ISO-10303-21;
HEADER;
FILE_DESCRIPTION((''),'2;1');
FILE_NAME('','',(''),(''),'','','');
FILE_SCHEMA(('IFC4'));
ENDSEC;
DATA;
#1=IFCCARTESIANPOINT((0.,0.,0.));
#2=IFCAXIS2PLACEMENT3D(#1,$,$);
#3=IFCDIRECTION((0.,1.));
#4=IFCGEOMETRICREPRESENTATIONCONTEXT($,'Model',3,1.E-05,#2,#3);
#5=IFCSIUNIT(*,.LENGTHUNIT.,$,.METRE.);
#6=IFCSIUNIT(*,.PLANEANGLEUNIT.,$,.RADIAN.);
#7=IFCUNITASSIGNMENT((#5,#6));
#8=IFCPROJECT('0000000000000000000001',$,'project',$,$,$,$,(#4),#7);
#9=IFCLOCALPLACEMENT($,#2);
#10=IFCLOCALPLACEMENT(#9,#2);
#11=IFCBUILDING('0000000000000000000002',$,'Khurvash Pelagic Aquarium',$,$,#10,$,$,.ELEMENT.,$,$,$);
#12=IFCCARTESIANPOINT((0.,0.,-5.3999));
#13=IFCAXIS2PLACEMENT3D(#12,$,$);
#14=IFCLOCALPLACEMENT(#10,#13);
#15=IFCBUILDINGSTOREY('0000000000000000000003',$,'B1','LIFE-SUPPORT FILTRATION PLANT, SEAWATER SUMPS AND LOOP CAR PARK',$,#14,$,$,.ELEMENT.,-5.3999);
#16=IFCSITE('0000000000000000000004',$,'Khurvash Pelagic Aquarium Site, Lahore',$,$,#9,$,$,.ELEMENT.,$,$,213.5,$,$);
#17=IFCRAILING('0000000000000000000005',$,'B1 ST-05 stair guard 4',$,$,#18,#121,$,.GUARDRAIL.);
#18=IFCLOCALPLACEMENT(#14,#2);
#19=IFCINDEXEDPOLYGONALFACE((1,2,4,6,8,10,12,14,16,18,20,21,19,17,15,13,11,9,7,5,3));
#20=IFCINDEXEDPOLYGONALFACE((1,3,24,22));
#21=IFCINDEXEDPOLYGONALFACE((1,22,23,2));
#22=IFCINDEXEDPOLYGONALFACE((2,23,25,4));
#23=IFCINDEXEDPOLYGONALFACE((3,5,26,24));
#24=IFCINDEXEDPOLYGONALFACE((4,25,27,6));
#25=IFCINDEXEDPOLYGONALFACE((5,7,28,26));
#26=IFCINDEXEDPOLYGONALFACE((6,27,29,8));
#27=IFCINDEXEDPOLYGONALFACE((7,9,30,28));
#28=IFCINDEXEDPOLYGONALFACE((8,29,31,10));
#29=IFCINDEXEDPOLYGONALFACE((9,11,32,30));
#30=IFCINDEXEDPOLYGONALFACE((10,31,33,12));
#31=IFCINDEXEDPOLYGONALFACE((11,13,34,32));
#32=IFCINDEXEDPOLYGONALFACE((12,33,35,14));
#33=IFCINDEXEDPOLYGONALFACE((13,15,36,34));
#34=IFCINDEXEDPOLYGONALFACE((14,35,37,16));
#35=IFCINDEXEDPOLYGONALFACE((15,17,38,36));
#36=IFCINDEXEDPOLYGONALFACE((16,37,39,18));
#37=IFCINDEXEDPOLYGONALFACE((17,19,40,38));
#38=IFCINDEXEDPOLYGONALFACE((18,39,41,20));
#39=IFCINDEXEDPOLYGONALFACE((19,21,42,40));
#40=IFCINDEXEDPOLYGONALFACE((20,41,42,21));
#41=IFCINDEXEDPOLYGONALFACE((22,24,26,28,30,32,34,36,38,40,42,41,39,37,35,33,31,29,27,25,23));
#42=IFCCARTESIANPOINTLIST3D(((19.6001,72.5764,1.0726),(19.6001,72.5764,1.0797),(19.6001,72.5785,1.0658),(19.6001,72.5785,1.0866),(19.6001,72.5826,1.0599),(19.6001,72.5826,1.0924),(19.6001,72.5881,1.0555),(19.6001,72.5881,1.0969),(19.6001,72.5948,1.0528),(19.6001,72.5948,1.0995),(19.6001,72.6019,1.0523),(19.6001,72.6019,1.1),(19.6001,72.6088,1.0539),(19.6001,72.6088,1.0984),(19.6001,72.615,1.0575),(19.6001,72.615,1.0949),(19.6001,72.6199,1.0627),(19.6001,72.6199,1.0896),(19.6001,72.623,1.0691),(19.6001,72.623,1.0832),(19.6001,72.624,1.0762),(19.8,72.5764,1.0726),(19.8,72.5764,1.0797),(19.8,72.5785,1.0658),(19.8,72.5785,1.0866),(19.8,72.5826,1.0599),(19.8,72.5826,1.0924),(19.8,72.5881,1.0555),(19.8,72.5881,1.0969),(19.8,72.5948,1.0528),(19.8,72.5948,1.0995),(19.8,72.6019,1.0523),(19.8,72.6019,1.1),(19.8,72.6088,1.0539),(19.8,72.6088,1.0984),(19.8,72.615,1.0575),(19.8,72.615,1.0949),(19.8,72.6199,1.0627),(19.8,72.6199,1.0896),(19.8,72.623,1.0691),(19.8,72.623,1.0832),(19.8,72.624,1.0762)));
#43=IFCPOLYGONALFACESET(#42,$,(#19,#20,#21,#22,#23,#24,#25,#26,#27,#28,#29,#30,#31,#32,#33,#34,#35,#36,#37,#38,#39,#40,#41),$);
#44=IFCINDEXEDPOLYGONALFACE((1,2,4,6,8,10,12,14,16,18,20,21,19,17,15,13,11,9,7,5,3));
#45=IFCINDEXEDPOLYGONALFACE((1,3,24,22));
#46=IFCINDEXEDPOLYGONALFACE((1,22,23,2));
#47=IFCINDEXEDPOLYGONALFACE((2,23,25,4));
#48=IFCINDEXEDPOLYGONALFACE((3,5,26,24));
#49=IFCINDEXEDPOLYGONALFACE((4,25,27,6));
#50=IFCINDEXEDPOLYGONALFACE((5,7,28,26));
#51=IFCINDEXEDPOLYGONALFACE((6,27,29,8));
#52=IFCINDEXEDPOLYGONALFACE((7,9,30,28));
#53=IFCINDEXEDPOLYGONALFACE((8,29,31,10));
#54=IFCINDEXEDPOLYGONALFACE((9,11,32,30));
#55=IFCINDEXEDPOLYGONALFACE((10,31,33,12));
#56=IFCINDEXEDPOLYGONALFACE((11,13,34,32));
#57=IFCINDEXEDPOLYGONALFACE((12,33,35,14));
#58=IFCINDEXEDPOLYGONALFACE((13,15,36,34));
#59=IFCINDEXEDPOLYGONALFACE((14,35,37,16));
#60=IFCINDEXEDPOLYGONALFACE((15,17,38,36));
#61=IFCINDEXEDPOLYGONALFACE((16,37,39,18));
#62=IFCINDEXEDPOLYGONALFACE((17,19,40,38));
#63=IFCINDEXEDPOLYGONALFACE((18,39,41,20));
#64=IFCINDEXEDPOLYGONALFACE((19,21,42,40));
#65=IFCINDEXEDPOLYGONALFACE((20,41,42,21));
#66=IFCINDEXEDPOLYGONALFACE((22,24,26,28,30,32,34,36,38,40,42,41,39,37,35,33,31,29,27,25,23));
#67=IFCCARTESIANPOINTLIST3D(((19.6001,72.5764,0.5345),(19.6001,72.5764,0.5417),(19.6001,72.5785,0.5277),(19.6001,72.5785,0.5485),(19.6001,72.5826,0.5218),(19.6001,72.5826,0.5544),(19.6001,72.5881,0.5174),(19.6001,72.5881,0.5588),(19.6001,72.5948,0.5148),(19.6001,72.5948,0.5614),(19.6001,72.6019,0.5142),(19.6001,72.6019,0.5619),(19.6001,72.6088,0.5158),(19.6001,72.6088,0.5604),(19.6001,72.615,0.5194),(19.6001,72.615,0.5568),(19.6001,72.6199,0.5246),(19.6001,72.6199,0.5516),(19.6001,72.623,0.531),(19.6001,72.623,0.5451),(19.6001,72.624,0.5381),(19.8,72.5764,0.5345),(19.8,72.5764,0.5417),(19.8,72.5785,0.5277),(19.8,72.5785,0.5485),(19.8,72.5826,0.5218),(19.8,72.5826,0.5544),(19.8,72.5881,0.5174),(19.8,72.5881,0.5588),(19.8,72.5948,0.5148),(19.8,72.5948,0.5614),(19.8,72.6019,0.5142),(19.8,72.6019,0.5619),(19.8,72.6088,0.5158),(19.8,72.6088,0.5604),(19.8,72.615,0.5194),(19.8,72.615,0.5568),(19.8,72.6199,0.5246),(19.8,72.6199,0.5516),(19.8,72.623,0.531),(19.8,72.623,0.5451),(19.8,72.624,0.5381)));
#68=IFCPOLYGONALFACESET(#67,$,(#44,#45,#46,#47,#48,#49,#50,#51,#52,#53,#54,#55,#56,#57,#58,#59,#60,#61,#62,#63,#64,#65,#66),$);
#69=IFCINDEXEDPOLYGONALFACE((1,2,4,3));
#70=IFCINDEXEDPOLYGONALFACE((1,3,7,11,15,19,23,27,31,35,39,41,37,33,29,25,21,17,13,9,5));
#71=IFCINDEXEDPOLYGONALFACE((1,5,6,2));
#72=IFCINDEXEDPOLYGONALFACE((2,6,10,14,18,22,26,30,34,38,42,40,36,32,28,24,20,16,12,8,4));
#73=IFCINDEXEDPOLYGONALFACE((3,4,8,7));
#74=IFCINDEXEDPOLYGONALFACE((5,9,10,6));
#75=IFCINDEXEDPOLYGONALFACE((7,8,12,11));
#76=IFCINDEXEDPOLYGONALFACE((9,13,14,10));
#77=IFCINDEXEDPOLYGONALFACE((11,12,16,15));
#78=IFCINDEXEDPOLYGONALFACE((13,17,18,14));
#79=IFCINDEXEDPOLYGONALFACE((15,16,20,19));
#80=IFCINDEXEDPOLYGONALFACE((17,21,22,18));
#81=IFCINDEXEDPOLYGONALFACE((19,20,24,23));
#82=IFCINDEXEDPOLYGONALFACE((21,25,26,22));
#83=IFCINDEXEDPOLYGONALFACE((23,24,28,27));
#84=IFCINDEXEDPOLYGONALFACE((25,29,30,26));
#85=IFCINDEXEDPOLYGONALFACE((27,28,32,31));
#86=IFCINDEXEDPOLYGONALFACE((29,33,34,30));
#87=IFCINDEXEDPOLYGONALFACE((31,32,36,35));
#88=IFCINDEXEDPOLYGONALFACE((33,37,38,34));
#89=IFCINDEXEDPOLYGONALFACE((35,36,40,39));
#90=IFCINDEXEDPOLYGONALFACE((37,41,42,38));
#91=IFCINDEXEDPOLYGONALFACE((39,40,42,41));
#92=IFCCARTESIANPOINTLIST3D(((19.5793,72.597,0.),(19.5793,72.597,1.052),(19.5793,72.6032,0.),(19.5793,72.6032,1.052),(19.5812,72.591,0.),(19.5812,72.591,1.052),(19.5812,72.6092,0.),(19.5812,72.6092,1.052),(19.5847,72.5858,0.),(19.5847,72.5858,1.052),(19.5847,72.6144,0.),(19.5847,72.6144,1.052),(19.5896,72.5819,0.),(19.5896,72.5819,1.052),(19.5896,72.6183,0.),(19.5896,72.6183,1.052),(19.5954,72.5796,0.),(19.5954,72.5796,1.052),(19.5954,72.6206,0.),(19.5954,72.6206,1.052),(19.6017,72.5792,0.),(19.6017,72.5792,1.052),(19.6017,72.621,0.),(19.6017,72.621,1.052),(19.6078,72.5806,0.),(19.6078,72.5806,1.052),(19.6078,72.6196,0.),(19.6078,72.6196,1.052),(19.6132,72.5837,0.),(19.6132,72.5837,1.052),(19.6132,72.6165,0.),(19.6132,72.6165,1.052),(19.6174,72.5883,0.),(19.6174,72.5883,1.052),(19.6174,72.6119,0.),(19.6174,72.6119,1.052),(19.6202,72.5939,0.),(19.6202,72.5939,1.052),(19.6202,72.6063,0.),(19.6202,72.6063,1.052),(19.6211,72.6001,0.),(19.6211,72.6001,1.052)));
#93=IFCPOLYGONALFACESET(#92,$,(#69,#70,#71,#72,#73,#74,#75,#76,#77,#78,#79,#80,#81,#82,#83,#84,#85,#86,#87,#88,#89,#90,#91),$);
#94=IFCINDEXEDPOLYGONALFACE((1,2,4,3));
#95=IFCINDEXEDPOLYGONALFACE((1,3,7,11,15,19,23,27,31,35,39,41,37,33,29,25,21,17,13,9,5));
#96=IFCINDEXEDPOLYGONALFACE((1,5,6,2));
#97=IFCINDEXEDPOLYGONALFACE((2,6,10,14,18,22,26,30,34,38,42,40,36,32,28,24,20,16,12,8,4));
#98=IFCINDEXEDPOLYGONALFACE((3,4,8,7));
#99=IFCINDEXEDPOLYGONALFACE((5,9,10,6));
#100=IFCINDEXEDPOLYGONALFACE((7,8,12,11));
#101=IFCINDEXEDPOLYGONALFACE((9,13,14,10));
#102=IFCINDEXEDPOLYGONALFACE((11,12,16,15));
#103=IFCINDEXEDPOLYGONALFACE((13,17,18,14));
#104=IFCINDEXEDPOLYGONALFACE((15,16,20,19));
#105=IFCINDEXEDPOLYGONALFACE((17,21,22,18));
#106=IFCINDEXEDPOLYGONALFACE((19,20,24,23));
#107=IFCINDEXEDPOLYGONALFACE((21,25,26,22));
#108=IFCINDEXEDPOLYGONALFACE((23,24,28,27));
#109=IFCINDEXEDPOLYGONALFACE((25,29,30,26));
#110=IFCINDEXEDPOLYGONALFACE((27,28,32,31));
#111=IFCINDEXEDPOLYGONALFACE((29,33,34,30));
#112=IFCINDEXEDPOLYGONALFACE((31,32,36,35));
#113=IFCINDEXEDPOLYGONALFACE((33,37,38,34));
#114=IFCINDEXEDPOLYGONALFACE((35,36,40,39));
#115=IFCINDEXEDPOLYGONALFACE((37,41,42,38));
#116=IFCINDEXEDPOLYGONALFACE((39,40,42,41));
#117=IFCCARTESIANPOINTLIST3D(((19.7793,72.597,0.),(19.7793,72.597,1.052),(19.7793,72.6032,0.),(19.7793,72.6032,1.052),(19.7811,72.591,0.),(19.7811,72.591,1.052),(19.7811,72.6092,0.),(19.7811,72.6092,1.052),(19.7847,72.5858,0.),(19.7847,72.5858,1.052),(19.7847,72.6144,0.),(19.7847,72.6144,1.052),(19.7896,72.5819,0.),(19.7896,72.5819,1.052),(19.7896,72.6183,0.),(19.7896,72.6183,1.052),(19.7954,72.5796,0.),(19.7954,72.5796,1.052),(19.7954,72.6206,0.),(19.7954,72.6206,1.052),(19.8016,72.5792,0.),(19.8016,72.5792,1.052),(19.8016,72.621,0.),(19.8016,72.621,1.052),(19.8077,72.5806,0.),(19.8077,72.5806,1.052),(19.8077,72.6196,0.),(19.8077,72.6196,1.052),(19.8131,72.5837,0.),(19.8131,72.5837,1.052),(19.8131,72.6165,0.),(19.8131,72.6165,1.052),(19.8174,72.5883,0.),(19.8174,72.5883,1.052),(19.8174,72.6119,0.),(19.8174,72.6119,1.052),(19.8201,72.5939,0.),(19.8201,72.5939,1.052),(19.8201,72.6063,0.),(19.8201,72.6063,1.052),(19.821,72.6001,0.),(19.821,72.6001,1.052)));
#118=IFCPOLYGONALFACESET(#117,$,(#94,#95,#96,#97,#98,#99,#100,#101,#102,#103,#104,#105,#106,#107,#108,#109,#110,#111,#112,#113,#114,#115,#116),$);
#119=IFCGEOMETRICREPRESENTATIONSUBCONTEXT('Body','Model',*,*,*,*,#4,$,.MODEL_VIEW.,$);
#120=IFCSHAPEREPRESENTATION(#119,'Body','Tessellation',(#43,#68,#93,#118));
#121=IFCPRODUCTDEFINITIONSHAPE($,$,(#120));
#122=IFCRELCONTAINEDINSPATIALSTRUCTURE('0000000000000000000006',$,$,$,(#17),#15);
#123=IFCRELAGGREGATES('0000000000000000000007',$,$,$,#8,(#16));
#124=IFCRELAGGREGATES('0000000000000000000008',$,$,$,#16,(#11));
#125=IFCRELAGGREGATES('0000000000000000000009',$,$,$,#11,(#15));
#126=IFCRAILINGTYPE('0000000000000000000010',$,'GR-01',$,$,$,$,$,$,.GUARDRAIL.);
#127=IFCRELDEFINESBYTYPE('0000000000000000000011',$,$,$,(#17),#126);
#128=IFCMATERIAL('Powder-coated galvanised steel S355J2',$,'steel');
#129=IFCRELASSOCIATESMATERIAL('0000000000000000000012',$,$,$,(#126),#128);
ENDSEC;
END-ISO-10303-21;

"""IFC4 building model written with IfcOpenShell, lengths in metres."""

from ifc_helpers import new_model, si_unit, direction, frame, origin, origin_2d, place, context, subcontext, project, spatial, circle, extrude, material, type_object, element, save


model = new_model("IFC4")

# Units and contexts
model_context = context("Model", 3, precision=1e-05, world=origin(), true_north=direction((0.0, 1.0)))
body_context = subcontext(model_context, "Body", "Model", "MODEL_VIEW")
ifc_project = project(units=[si_unit("LENGTHUNIT", "METRE"), si_unit("PLANEANGLEUNIT", "RADIAN")], contexts=[model_context])

# Site, building, storey
site_placement = place(None, origin())
site = spatial("IfcSite", under=ifc_project, at=site_placement, Name="Khurvash Pelagic Aquarium Site, Lahore", CompositionType="ELEMENT", RefElevation=213.5)
building_placement = place(site_placement, origin())
building = spatial("IfcBuilding", under=site, at=building_placement, Name="Khurvash Pelagic Aquarium", CompositionType="ELEMENT")
storey_placement = place(building_placement, frame((0.0, 0.0, -5.3999)))
storey = spatial("IfcBuildingStorey", under=building, at=storey_placement, Name="B1", Description="LIFE-SUPPORT FILTRATION PLANT, SEAWATER SUMPS AND LOOP CAR PARK", CompositionType="ELEMENT", Elevation=-5.3999)

# Railing
ifc_material_1 = material(Name="Powder-coated galvanised steel S355J2", Category="steel")
railing_type_1 = type_object("IfcRailingType", Name="GR-01", PredefinedType="GUARDRAIL", material=ifc_material_1)
railing_1_placement = place(storey_placement, frame((19.6001, 72.6001, 0.0)))
element("IfcRailing", 1, at=railing_1_placement, inside=storey, type_object=railing_type_1, Name="B1 ST-05 stair guard 4", PredefinedType="GUARDRAIL", context=body_context, shape_type="SweptSolid", body=[
    extrude(circle(Radius=0.0239, at=origin_2d()), frame((0.0, 0.0, 1.0762), z_axis=(1.0, 0.0, 0.0), x_axis=(0.0, 1.0, 0.0)), (0.0, 0.0, 1.0), 0.2),
    extrude(circle(Radius=0.0239, at=origin_2d()), frame((0.0, 0.0, 0.5381), z_axis=(1.0, 0.0, 0.0), x_axis=(0.0, 1.0, 0.0)), (0.0, 0.0, 1.0), 0.2),
    extrude(circle(Radius=0.021, at=origin_2d()), origin(), (0.0, 0.0, 1.0), 1.052),
    extrude(circle(Radius=0.021, at=origin_2d()), frame((0.2, 0.0, 0.0)), (0.0, 0.0, 1.0), 1.052),
])

save(model, "model.ifc")
